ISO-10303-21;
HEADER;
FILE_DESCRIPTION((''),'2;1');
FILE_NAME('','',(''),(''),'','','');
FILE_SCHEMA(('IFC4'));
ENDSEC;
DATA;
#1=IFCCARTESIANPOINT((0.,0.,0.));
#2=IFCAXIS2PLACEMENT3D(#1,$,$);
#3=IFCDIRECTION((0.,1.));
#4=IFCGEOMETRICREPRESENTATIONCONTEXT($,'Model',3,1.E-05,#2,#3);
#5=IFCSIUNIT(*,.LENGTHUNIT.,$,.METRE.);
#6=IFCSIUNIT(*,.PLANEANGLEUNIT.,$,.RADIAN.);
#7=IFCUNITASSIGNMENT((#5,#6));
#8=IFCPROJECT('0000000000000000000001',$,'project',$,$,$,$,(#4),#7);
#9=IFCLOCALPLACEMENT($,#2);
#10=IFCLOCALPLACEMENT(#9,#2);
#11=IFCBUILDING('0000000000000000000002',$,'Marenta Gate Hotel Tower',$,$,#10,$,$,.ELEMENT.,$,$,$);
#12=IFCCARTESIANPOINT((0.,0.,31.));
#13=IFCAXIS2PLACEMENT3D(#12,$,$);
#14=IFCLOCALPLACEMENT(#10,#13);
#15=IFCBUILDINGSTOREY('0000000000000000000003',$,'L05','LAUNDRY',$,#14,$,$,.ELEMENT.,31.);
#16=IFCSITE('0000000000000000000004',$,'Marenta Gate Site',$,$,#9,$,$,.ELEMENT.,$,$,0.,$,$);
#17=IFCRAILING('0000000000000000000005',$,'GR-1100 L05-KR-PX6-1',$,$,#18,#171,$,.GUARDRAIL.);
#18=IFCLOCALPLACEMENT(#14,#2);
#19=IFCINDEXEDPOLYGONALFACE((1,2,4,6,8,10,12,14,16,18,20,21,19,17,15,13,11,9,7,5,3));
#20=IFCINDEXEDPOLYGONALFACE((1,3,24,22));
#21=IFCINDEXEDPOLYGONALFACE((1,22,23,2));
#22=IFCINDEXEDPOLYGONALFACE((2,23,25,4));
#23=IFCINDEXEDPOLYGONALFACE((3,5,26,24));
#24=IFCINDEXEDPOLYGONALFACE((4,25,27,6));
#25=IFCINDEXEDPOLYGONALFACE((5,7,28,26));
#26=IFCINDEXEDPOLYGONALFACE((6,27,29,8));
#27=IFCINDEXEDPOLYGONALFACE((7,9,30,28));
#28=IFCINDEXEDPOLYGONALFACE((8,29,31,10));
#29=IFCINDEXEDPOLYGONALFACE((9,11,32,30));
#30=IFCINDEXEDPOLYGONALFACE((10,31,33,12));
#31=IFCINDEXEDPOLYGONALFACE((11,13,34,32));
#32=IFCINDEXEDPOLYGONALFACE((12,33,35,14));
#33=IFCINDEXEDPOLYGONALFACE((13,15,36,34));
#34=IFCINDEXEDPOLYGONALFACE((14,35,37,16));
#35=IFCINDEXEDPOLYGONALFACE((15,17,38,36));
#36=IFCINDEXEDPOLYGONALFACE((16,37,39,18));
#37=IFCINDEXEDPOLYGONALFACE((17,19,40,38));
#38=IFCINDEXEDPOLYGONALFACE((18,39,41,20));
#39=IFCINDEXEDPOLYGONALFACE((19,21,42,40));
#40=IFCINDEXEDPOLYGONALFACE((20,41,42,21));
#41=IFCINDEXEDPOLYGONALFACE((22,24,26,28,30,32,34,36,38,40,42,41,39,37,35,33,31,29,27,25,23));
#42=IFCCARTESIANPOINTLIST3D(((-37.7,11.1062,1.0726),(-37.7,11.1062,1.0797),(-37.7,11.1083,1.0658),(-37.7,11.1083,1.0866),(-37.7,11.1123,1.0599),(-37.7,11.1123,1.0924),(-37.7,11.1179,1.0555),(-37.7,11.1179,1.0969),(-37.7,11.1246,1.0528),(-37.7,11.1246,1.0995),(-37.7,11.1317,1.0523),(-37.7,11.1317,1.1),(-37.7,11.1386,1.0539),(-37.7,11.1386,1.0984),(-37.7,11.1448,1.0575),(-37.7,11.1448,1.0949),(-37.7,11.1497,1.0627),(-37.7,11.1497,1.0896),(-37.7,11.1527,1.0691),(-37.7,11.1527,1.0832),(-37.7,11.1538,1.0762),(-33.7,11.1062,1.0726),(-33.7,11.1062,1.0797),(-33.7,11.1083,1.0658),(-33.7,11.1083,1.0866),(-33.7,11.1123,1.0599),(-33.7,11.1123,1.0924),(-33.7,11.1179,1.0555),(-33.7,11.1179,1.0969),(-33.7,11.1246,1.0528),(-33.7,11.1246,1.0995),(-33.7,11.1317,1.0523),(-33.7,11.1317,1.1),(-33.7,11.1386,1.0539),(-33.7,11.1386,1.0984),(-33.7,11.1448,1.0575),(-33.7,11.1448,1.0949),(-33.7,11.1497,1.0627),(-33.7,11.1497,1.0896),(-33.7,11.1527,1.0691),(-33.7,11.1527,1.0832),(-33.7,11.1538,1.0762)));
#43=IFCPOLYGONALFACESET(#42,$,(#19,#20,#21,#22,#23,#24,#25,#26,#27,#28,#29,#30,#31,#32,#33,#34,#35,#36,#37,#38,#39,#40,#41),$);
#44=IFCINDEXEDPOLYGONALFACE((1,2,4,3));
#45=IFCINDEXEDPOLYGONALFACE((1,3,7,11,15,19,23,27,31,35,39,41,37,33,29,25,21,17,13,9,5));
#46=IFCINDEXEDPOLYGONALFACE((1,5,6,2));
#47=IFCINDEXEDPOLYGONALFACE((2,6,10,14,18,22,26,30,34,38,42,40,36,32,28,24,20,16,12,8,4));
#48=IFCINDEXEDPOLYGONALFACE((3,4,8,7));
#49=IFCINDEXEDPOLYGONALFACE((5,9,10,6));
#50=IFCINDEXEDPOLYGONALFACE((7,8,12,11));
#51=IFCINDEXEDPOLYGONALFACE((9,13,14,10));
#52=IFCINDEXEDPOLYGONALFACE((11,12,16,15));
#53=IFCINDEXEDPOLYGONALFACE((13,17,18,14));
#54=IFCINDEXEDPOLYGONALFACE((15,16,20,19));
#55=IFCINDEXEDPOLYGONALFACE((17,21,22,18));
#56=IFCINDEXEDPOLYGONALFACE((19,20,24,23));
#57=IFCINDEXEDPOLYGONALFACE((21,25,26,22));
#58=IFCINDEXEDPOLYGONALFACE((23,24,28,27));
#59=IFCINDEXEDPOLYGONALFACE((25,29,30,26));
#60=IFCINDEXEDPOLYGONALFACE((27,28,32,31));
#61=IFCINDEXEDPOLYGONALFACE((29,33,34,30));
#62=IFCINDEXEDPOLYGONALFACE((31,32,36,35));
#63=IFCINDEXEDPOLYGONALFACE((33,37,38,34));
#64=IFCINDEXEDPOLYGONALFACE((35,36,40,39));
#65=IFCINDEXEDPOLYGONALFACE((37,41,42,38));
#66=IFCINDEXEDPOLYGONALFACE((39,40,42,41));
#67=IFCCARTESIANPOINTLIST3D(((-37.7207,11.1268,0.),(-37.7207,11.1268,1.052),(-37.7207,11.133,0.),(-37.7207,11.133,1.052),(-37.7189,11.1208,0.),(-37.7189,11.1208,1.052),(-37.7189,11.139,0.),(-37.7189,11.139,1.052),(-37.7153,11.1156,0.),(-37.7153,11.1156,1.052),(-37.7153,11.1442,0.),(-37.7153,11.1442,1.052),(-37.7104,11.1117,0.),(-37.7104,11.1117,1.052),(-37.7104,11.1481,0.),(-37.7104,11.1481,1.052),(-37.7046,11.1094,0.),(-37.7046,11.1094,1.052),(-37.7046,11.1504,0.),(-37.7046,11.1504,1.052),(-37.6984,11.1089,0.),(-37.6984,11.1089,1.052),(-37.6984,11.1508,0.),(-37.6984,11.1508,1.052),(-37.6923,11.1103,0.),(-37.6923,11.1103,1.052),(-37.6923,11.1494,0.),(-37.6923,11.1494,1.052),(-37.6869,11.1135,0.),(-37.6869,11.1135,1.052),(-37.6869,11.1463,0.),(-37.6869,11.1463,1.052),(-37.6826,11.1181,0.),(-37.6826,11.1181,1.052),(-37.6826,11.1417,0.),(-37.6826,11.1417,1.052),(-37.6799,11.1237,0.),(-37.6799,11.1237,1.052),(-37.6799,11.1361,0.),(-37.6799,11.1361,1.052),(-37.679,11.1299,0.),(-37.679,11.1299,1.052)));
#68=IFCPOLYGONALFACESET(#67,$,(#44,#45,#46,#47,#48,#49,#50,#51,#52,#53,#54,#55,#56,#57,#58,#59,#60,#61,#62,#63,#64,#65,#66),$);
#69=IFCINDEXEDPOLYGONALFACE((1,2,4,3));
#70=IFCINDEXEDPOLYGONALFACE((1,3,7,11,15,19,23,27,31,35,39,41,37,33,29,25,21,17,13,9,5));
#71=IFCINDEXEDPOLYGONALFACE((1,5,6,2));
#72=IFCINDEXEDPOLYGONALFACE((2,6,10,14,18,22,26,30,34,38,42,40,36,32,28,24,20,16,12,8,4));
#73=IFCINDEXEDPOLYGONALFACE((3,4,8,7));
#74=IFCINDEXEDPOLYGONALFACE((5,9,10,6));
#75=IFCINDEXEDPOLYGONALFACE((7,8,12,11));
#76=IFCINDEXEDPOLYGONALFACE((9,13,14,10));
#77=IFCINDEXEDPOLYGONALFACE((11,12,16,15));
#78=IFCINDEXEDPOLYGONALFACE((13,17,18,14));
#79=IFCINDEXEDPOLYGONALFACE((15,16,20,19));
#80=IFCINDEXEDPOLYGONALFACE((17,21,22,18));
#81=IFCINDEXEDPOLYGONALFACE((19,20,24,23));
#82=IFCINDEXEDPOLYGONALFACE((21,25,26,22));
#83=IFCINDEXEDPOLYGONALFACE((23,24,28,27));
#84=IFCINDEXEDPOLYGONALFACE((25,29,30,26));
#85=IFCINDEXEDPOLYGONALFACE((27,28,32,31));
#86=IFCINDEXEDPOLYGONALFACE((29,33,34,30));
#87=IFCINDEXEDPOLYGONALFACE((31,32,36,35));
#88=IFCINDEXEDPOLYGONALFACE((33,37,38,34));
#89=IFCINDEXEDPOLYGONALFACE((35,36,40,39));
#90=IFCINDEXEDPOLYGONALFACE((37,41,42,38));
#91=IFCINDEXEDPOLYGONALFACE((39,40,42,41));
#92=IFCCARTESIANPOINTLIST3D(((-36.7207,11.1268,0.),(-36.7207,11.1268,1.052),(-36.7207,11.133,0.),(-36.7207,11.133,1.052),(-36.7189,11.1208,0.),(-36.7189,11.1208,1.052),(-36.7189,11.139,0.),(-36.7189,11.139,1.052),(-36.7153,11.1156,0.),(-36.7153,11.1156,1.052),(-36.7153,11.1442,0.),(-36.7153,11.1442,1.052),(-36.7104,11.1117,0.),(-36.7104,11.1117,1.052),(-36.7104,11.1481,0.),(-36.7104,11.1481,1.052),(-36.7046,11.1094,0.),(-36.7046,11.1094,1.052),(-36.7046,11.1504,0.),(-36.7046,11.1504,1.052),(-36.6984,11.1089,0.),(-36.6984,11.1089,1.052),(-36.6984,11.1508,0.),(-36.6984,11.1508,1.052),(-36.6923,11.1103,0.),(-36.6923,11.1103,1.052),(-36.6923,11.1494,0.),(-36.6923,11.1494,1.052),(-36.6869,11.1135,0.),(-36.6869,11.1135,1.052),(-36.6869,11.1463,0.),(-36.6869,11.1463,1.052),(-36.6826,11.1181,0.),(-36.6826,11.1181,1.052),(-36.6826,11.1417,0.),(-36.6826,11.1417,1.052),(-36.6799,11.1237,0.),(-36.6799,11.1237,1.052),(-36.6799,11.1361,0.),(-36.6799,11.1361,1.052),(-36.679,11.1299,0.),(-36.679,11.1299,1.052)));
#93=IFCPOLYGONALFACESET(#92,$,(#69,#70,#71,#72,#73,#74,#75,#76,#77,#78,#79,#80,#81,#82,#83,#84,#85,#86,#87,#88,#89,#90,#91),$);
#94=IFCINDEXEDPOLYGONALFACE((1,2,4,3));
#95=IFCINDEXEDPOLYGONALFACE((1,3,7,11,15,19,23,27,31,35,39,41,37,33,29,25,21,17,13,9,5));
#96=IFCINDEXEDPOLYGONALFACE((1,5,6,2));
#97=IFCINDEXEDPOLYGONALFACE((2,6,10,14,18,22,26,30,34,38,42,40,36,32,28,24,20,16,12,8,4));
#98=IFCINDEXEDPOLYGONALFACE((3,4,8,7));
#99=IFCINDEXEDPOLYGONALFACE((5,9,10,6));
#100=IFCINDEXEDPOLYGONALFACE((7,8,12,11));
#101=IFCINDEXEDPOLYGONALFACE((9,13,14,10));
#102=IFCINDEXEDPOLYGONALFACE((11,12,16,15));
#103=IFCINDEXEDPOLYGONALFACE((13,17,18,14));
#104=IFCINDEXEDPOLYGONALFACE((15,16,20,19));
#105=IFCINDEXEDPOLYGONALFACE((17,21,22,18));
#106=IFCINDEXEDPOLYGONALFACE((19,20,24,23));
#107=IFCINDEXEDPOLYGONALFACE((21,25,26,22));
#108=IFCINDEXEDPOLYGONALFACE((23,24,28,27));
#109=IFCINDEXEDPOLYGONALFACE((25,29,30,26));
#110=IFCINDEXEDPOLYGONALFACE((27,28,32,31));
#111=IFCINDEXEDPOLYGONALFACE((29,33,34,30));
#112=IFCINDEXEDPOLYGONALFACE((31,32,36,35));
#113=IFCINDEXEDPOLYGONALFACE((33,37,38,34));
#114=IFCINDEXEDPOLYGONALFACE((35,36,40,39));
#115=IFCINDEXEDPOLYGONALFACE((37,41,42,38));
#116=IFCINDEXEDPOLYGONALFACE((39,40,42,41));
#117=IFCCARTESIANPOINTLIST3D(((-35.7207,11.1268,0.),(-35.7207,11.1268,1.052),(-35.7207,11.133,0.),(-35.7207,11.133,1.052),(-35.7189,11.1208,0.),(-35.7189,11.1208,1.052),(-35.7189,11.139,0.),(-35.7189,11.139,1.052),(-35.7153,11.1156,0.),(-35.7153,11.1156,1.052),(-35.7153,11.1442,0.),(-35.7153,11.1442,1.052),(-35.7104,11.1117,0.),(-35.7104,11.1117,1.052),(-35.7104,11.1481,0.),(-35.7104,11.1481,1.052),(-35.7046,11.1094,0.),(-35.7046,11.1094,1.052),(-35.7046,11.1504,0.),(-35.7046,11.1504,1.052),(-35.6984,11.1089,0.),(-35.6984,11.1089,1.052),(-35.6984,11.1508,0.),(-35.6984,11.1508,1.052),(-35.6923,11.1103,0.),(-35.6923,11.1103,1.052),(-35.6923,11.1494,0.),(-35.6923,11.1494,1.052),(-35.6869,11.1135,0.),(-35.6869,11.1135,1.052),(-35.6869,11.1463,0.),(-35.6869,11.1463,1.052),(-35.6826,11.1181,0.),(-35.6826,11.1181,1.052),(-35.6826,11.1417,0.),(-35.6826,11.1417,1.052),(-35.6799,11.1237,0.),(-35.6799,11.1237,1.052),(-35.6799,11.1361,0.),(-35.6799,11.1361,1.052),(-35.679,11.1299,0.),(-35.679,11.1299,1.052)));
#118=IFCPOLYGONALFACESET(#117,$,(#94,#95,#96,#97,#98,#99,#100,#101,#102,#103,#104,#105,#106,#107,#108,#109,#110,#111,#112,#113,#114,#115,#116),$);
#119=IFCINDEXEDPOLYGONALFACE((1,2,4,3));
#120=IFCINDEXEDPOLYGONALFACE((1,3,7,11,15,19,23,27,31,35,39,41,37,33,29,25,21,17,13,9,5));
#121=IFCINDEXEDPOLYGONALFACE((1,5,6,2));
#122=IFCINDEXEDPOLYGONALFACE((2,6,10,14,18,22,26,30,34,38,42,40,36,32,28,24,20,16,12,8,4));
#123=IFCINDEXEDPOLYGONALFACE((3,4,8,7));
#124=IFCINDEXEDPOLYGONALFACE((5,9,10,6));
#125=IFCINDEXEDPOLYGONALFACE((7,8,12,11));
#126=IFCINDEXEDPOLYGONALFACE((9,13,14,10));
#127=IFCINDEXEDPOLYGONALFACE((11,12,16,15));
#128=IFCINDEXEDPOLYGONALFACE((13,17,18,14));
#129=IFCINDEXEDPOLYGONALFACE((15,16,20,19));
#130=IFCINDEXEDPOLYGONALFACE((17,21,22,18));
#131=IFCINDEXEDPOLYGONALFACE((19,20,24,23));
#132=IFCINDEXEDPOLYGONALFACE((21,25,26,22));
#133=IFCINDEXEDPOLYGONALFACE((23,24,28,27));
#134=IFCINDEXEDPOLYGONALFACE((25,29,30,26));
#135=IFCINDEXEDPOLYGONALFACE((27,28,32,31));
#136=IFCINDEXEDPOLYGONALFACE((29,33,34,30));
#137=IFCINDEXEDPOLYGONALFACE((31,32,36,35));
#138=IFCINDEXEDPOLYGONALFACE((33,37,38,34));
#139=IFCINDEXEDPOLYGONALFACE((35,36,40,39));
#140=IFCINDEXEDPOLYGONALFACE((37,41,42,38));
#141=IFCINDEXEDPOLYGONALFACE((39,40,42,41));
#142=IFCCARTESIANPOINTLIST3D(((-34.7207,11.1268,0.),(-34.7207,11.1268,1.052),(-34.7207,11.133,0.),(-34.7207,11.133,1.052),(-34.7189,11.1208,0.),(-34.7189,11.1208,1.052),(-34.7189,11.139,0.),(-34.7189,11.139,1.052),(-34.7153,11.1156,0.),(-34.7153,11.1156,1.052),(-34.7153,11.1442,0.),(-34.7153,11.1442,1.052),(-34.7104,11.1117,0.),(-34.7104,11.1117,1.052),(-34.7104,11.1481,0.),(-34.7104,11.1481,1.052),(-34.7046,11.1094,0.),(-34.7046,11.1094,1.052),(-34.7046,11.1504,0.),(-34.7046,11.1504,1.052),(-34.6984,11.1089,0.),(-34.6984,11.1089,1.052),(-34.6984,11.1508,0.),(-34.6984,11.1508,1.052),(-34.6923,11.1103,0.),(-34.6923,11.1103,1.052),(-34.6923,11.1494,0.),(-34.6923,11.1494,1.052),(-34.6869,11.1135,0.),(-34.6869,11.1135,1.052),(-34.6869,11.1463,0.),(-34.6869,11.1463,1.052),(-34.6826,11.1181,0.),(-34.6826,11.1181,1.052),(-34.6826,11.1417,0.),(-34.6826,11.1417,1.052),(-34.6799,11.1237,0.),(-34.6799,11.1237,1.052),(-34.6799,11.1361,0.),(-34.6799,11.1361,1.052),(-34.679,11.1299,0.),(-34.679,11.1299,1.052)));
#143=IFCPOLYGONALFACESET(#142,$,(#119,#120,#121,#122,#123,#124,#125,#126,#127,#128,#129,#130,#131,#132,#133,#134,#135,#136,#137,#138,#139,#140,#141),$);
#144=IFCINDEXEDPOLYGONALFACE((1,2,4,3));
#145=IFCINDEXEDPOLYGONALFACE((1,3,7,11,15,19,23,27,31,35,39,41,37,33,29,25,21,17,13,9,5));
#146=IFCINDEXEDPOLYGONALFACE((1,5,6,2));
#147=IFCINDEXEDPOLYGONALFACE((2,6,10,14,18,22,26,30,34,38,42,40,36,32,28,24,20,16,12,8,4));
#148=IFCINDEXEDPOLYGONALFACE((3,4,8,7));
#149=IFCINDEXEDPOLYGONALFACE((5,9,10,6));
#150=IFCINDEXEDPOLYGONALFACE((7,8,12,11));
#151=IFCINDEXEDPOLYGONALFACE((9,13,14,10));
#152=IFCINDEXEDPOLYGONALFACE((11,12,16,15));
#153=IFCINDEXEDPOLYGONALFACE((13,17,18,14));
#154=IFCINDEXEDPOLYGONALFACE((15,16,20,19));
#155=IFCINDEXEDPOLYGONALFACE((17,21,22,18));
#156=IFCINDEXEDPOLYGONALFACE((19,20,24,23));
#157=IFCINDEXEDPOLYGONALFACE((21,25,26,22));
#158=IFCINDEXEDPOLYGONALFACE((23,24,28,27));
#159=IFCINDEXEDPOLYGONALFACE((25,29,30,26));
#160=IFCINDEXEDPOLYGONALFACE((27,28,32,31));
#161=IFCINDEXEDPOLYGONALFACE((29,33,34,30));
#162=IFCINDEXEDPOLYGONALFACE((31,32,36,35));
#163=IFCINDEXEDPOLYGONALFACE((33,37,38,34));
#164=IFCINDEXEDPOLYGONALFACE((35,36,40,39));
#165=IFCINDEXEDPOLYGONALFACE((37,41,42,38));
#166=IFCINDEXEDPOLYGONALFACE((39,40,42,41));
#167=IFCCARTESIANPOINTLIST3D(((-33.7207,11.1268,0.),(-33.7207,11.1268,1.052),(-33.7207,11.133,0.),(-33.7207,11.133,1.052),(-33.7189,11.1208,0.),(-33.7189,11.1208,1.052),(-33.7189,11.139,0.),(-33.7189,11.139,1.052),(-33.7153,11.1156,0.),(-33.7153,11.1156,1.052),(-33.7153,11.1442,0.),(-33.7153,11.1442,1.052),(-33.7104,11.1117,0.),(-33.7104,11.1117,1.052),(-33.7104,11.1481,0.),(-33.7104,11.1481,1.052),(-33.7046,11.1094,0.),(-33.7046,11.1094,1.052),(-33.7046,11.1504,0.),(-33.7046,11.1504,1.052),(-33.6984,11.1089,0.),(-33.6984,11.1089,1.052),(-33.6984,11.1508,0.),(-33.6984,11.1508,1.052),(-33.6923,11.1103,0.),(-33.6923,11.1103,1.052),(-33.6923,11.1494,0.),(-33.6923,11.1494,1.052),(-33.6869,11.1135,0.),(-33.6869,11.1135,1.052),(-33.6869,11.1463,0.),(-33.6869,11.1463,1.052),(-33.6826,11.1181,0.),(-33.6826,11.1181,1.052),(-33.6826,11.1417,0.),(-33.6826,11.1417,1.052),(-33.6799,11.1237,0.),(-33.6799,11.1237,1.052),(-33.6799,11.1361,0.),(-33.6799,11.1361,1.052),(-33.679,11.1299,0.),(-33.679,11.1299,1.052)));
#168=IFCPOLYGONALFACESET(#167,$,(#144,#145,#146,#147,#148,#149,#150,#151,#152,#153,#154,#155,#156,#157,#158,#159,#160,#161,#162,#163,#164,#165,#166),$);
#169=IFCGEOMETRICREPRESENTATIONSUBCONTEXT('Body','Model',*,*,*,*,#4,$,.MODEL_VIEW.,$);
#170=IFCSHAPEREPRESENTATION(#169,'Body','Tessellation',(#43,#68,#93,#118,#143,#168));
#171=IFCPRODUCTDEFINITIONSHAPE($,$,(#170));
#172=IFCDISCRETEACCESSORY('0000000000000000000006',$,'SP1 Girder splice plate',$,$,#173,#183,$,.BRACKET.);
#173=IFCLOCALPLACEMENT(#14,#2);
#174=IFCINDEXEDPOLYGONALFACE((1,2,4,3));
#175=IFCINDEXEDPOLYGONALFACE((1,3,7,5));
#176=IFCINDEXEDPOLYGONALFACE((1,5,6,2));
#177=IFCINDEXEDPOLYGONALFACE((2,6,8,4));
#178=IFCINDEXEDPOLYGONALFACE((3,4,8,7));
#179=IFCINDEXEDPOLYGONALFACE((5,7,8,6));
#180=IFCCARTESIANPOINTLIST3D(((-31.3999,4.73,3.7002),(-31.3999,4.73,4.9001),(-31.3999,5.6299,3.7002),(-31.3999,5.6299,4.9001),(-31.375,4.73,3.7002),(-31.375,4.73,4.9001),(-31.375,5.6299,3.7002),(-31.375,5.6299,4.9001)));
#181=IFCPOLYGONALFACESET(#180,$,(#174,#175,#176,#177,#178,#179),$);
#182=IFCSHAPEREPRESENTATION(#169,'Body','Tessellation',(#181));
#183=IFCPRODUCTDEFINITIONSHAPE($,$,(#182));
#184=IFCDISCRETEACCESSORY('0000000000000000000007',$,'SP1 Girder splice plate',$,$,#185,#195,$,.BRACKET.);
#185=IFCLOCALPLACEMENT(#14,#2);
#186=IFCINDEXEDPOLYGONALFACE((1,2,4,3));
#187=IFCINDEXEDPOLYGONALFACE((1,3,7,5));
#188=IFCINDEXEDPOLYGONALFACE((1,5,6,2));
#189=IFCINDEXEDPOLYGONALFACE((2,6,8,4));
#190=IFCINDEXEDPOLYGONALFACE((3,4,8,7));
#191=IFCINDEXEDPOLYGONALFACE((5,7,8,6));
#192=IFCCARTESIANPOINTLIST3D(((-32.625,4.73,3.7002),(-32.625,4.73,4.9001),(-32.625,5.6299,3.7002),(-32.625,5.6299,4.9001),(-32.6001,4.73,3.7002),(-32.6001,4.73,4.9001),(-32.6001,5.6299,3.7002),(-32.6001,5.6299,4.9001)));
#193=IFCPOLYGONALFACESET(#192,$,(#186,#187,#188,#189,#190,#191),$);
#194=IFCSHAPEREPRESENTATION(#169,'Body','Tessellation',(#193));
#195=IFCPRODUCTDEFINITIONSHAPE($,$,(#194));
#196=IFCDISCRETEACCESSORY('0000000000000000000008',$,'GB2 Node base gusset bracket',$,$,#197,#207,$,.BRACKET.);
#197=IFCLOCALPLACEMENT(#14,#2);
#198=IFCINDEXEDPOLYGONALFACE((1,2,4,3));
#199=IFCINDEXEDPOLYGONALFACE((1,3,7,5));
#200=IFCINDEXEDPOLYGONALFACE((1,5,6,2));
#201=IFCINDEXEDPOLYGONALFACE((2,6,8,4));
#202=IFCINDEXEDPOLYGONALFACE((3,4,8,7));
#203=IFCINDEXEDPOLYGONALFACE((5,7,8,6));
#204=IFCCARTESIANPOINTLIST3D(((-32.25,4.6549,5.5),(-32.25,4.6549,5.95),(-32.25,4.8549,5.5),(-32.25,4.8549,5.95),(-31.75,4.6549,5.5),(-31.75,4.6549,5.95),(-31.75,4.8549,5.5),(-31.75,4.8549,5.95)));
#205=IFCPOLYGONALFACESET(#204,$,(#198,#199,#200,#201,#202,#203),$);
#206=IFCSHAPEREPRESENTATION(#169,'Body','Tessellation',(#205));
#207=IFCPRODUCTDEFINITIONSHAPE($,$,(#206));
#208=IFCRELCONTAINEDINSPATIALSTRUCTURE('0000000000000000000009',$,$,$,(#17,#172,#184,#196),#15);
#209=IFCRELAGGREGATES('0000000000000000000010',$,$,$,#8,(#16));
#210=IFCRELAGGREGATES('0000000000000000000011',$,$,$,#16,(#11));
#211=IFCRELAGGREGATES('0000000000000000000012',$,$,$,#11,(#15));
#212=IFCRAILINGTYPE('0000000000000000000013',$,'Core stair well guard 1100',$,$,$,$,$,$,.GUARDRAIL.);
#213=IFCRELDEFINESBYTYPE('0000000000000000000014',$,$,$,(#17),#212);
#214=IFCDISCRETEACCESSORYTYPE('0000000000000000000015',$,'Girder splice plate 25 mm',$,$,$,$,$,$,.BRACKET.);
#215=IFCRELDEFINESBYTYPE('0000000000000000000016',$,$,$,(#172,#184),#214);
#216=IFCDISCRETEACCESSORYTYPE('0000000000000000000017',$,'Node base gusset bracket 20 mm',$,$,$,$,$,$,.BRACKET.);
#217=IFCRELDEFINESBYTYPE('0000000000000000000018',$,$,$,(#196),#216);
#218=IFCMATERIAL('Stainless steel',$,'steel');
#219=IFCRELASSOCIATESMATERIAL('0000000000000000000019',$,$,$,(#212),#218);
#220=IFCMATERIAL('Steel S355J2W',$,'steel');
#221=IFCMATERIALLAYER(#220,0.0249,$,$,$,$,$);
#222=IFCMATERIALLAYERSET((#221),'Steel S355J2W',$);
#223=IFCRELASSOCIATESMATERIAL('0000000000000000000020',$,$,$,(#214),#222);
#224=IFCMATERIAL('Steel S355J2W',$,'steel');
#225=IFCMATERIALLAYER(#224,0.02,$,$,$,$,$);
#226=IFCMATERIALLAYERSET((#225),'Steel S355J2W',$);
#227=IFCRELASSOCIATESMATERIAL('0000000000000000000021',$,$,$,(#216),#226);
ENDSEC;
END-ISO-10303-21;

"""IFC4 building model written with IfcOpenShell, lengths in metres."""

from ifc_helpers import new_model, si_unit, direction, frame, origin, origin_2d, place, context, subcontext, project, spatial, rectangle, circle, extrude, material, layer, layer_set, type_object, element, save


model = new_model("IFC4")

# Units and contexts
model_context = context("Model", 3, precision=1e-05, world=origin(), true_north=direction((0.0, 1.0)))
body_context = subcontext(model_context, "Body", "Model", "MODEL_VIEW")
ifc_project = project(units=[si_unit("LENGTHUNIT", "METRE"), si_unit("PLANEANGLEUNIT", "RADIAN")], contexts=[model_context])

# Site, building, storey
site_placement = place(None, origin())
site = spatial("IfcSite", under=ifc_project, at=site_placement, Name="Marenta Gate Site", CompositionType="ELEMENT", RefElevation=0.0)
building_placement = place(site_placement, origin())
building = spatial("IfcBuilding", under=site, at=building_placement, Name="Marenta Gate Hotel Tower", CompositionType="ELEMENT")
storey_placement = place(building_placement, frame((0.0, 0.0, 31.0)))
storey = spatial("IfcBuildingStorey", under=building, at=storey_placement, Name="L05", Description="LAUNDRY", CompositionType="ELEMENT", Elevation=31.0)

# Railing
ifc_material_1 = material(Name="Stainless steel", Category="steel")
railing_type = type_object("IfcRailingType", Name="Core stair well guard 1100", PredefinedType="GUARDRAIL", material=ifc_material_1)
railing_placement = place(storey_placement, frame((-37.7, 11.1299, 0.0)))
element("IfcRailing", 1, at=railing_placement, inside=storey, type_object=railing_type, Name="GR-1100 L05-KR-PX6-1", PredefinedType="GUARDRAIL", context=body_context, shape_type="SweptSolid", body=[
    extrude(circle(Radius=0.0239, at=origin_2d()), frame((0.0, 0.0, 1.0762), z_axis=(1.0, 0.0, 0.0), x_axis=(0.0, 1.0, 0.0)), (0.0, 0.0, 1.0), 4.0),
    extrude(circle(Radius=0.021, at=origin_2d()), origin(), (0.0, 0.0, 1.0), 1.052),
    extrude(circle(Radius=0.021, at=origin_2d()), frame((1.0, 0.0, 0.0)), (0.0, 0.0, 1.0), 1.052),
    extrude(circle(Radius=0.021, at=origin_2d()), frame((2.0, 0.0, 0.0)), (0.0, 0.0, 1.0), 1.052),
    extrude(circle(Radius=0.021, at=origin_2d()), frame((3.0, 0.0, 0.0)), (0.0, 0.0, 1.0), 1.052),
    extrude(circle(Radius=0.021, at=origin_2d()), frame((4.0, 0.0, 0.0)), (0.0, 0.0, 1.0), 1.052),
])

# Discrete accessories
ifc_material_2 = material(Name="Steel S355J2W", Category="steel")
ifc_layer_1 = layer(ifc_material_2, 0.0249)
ifc_layer_set_1 = layer_set([ifc_layer_1], Name="Steel S355J2W")
discrete_accessory_type_1 = type_object("IfcDiscreteAccessoryType", Name="Girder splice plate 25 mm", PredefinedType="BRACKET", material=ifc_layer_set_1)
for number, where, z_axis, x_axis, name in (
    (2, (-31.3875, 5.1799, 3.7002), (0.0, 0.0, 1.0), (0.0, 1.0, 0.0), "SP1 Girder splice plate"),
    (3, (-32.6125, 5.1799, 3.7002), (0.0, 0.0, 1.0), (0.0, 1.0, 0.0), "SP1 Girder splice plate"),
):
    element("IfcDiscreteAccessory", number, at=place(storey_placement, frame(where, z_axis=z_axis, x_axis=x_axis)), inside=storey, type_object=discrete_accessory_type_1, Name=name, PredefinedType="BRACKET", context=body_context, shape_type="SweptSolid", body=[
        extrude(rectangle(XDim=0.8999, YDim=0.0249, at=origin_2d()), origin(), (0.0, 0.0, 1.0), 1.2),
    ])
ifc_material_3 = material(Name="Steel S355J2W", Category="steel")
ifc_layer_2 = layer(ifc_material_3, 0.02)
ifc_layer_set_2 = layer_set([ifc_layer_2], Name="Steel S355J2W")
discrete_accessory_type_2 = type_object("IfcDiscreteAccessoryType", Name="Node base gusset bracket 20 mm", PredefinedType="BRACKET", material=ifc_layer_set_2)
for number, where, z_axis, x_axis, name in (
    (4, (-32.0, 4.7549, 5.5), (0.0, 0.0, 1.0), (0.0, 1.0, 0.0), "GB2 Node base gusset bracket"),
):
    element("IfcDiscreteAccessory", number, at=place(storey_placement, frame(where, z_axis=z_axis, x_axis=x_axis)), inside=storey, type_object=discrete_accessory_type_2, Name=name, PredefinedType="BRACKET", context=body_context, shape_type="SweptSolid", body=[
        extrude(rectangle(XDim=0.2, YDim=0.5, at=origin_2d()), origin(), (0.0, 0.0, 1.0), 0.45),
    ])

save(model, "model.ifc")
